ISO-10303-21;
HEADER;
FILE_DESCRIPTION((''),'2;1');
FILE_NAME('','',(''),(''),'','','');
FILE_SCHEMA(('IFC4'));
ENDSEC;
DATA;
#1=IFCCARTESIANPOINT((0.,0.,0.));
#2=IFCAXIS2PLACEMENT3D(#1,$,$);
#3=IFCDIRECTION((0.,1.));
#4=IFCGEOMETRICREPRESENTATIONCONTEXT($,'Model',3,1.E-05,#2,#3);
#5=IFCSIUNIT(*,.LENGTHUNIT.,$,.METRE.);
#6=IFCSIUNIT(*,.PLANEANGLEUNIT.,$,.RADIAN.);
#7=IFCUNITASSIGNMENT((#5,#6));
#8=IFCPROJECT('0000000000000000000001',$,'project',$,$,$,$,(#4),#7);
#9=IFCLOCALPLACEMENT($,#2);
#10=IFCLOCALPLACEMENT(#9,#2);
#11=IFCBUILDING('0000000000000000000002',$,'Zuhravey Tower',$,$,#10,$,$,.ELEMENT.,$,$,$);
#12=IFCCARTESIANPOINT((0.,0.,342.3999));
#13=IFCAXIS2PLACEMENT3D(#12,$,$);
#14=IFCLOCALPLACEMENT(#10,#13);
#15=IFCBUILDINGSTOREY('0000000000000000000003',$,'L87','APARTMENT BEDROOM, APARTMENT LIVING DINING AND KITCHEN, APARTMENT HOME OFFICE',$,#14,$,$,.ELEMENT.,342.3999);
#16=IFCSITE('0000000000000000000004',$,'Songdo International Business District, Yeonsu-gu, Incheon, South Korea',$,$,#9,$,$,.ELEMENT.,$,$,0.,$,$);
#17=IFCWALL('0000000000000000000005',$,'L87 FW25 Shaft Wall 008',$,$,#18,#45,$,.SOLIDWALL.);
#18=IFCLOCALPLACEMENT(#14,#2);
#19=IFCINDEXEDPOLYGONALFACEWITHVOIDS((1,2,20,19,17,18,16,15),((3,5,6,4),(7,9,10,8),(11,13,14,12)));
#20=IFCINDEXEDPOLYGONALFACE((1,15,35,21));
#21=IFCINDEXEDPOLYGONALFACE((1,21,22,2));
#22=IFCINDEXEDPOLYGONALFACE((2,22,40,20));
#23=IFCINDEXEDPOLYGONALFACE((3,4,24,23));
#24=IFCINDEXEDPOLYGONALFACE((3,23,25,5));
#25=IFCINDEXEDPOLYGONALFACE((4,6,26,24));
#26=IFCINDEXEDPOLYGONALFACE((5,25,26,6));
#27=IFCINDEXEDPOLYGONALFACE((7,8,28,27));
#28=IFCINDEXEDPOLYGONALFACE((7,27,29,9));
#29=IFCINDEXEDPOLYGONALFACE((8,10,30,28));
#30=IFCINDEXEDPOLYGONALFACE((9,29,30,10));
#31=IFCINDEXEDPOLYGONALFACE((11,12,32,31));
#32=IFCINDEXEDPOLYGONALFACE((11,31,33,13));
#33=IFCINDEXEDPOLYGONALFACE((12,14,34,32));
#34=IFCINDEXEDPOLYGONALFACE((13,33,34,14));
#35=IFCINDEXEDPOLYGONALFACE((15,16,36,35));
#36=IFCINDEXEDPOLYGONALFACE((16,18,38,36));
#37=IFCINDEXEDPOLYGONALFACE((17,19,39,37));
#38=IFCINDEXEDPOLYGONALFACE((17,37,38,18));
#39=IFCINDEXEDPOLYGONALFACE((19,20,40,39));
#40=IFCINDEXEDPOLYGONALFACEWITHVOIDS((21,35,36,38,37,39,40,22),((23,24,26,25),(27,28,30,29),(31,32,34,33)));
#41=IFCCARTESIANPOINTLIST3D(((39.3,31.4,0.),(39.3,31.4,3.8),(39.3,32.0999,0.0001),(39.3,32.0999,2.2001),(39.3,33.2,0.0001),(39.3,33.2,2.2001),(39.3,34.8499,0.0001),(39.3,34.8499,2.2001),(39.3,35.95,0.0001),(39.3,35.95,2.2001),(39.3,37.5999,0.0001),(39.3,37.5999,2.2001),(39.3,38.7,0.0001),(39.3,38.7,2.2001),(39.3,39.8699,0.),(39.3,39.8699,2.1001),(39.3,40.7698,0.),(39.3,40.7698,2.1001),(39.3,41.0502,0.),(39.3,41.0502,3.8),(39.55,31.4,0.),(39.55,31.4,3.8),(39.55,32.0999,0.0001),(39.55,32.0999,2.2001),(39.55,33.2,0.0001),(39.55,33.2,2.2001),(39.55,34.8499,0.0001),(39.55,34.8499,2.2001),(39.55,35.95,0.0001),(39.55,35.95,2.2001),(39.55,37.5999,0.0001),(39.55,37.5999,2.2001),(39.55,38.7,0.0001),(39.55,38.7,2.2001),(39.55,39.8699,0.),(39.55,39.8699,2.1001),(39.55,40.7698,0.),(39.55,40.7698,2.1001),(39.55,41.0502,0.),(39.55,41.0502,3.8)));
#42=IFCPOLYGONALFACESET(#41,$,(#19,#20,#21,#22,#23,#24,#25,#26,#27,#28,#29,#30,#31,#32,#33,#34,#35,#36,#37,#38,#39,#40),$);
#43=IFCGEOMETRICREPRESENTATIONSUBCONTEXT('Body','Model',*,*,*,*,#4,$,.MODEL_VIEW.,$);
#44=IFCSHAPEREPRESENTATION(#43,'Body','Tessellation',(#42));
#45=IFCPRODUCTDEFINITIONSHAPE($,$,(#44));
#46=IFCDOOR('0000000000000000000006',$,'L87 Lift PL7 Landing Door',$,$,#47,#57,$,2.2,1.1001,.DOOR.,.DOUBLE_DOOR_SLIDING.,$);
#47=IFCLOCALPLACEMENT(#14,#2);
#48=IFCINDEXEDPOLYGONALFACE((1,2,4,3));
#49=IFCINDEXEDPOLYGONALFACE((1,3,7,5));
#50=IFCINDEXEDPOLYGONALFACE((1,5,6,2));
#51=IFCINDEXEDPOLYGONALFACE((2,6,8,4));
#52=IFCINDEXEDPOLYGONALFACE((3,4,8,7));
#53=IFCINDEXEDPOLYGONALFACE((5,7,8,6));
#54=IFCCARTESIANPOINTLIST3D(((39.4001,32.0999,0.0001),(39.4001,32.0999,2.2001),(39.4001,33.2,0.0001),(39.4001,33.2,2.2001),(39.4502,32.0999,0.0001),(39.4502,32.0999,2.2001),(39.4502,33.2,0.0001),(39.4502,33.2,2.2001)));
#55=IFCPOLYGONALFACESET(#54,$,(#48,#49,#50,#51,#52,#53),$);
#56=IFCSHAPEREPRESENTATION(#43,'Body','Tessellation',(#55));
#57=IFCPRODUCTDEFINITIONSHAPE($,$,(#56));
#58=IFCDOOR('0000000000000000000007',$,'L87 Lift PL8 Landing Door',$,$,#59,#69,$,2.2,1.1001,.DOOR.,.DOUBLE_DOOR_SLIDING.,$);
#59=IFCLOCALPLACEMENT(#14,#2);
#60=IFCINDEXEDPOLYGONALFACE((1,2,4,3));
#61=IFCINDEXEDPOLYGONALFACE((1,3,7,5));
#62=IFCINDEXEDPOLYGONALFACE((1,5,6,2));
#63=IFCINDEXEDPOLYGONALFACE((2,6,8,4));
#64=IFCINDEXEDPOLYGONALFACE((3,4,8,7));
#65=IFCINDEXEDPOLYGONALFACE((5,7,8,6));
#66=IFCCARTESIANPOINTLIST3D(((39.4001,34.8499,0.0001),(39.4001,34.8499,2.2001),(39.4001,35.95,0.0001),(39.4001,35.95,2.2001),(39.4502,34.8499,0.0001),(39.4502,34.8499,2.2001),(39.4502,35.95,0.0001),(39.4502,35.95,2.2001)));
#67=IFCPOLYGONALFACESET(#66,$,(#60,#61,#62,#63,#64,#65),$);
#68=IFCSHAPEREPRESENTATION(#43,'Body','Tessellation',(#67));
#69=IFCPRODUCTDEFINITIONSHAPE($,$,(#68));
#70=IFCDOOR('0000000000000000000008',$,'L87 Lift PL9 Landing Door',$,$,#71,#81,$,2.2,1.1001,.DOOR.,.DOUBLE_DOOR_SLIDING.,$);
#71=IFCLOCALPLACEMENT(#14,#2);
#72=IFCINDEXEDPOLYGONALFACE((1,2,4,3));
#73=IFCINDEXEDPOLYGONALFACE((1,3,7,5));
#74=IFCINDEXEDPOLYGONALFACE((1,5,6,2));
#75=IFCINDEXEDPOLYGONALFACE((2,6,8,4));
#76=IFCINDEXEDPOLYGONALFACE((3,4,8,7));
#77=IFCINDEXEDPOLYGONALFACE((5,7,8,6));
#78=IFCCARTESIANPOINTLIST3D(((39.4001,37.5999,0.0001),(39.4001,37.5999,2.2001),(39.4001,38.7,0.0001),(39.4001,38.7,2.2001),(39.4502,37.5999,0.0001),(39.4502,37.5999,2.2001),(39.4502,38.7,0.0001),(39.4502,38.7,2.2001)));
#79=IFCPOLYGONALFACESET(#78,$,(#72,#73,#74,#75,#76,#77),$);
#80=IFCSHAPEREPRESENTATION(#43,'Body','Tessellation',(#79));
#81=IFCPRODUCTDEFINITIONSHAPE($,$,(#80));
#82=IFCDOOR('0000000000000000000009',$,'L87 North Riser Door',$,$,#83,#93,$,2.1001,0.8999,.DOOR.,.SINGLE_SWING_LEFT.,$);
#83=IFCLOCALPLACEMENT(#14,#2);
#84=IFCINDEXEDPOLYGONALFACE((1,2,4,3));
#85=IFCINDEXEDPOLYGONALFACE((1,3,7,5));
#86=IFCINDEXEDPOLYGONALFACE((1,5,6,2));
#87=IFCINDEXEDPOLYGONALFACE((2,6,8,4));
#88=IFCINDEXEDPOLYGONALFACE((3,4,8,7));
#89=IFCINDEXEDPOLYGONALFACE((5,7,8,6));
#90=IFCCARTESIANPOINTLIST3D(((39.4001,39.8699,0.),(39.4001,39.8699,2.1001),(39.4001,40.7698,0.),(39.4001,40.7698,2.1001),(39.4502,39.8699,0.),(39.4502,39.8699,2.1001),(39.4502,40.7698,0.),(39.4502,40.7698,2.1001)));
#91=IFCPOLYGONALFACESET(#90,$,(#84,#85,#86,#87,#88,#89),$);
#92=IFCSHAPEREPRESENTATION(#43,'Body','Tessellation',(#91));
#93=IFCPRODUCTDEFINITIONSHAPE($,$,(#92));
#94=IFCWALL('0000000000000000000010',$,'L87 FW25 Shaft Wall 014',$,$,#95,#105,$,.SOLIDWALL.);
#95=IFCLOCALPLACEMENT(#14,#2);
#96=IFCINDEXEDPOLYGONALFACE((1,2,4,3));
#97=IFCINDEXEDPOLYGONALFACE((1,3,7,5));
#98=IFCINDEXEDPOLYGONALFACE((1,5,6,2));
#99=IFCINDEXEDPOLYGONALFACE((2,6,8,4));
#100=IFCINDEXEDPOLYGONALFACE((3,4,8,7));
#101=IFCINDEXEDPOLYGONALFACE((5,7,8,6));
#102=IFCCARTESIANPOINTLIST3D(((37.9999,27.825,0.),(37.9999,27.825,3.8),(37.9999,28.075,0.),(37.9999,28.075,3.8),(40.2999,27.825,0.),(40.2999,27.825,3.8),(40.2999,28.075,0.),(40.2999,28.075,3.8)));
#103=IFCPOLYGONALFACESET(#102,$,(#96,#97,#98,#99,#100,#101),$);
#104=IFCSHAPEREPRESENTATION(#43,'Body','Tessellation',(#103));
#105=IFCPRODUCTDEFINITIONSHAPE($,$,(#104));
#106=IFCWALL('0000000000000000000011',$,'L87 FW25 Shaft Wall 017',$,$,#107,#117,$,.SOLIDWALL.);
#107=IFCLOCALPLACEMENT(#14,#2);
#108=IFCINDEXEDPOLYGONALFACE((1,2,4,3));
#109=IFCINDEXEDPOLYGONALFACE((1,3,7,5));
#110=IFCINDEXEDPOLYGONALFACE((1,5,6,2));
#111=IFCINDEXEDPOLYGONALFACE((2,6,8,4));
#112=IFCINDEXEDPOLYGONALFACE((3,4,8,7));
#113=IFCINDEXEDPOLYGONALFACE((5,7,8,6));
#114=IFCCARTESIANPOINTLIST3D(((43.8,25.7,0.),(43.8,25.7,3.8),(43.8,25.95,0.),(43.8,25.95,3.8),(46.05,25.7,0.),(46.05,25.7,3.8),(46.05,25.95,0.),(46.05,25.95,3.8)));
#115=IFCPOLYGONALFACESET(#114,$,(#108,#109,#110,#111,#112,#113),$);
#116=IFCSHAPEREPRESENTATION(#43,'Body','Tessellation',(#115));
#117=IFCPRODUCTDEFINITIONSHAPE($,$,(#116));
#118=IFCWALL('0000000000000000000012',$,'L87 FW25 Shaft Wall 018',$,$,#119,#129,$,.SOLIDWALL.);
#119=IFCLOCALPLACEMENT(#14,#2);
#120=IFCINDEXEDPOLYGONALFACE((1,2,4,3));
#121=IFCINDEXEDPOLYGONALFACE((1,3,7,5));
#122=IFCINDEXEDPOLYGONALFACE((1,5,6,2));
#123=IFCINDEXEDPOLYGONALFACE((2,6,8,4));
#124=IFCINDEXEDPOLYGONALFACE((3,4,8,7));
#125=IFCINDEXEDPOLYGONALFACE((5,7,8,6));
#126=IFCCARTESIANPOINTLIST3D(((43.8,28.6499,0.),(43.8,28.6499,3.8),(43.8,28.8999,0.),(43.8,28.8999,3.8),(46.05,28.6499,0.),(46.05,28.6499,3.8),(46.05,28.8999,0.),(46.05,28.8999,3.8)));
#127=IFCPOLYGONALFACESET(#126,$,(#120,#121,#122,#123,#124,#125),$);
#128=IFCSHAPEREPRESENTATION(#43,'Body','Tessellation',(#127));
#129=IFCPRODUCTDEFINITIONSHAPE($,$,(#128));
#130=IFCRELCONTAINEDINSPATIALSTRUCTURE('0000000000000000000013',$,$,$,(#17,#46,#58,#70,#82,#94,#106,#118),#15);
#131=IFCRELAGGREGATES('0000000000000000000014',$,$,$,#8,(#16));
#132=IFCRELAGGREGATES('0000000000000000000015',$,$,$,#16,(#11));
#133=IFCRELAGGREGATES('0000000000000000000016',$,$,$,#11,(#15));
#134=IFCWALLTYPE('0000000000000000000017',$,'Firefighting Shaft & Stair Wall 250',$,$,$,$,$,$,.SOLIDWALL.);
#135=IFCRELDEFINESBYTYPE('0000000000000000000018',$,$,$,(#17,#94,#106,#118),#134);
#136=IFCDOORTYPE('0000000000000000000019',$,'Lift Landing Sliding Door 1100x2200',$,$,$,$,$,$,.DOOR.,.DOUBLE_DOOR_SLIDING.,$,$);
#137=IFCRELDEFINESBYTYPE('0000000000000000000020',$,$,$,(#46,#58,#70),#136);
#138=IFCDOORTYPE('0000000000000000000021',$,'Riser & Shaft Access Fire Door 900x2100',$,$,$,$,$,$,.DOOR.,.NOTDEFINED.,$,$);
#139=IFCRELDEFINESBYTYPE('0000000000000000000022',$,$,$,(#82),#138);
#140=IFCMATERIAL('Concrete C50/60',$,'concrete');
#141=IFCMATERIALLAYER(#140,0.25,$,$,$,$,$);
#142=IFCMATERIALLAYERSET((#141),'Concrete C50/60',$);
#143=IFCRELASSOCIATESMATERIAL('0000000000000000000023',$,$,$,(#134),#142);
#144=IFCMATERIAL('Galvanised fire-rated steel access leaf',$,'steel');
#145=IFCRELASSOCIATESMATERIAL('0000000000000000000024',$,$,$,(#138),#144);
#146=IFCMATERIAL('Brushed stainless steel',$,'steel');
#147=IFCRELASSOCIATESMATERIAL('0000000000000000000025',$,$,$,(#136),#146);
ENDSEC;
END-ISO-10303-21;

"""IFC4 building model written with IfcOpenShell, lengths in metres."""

from ifc_helpers import new_model, si_unit, direction, frame, frame_2d, origin, place, context, subcontext, project, spatial, rectangle, extrude, material, layer, layer_set, type_object, element, fill, save


model = new_model("IFC4")

# Units and contexts
model_context = context("Model", 3, precision=1e-05, world=origin(), true_north=direction((0.0, 1.0)))
body_context = subcontext(model_context, "Body", "Model", "MODEL_VIEW")
ifc_project = project(units=[si_unit("LENGTHUNIT", "METRE"), si_unit("PLANEANGLEUNIT", "RADIAN")], contexts=[model_context])

# Site, building, storey
site_placement = place(None, origin())
site = spatial("IfcSite", under=ifc_project, at=site_placement, Name="Songdo International Business District, Yeonsu-gu, Incheon, South Korea", CompositionType="ELEMENT", RefElevation=0.0)
building_placement = place(site_placement, origin())
building = spatial("IfcBuilding", under=site, at=building_placement, Name="Zuhravey Tower", CompositionType="ELEMENT")
storey_placement = place(building_placement, frame((0.0, 0.0, 342.3999)))
storey = spatial("IfcBuildingStorey", under=building, at=storey_placement, Name="L87", Description="APARTMENT BEDROOM, APARTMENT LIVING DINING AND KITCHEN, APARTMENT HOME OFFICE", CompositionType="ELEMENT", Elevation=342.3999)

# Shared definitions
ifc_material_1 = material(Name="Concrete C50/60", Category="concrete")
ifc_layer = layer(ifc_material_1, 0.25)
ifc_layer_set = layer_set([ifc_layer], Name="Concrete C50/60")
wall_type = type_object("IfcWallType", Name="Firefighting Shaft & Stair Wall 250", PredefinedType="SOLIDWALL", material=ifc_layer_set)

# Wall, openings, doors
ifc_material_2 = material(Name="Galvanised fire-rated steel access leaf", Category="steel")
door_type_1 = type_object("IfcDoorType", Name="Riser & Shaft Access Fire Door 900x2100", OperationType="NOTDEFINED", PredefinedType="DOOR", material=ifc_material_2)
wall_1_placement = place(storey_placement, frame((39.425, 31.3999, 0.0), z_axis=(0.0, 0.0, 1.0), x_axis=(0.0, 1.0, 0.0)))
wall_1 = element("IfcWall", 1, at=wall_1_placement, inside=storey, type_object=wall_type, Name="L87 FW25 Shaft Wall 008", PredefinedType="SOLIDWALL", context=body_context, shape_type="SweptSolid", body=[
    extrude(rectangle(XDim=9.6501, YDim=0.25, at=frame_2d((4.8252, 0.0))), origin(), (0.0, 0.0, 1.0), 3.8),
])
opening_1_placement = place(wall_1_placement, frame((0.7, 0.0, 0.0)))
opening_1 = element("IfcOpeningElement", 2, at=opening_1_placement, cuts=wall_1, PredefinedType="OPENING", context=body_context, shape_type="SweptSolid", body=[
    extrude(rectangle(XDim=1.1001, YDim=2.2, at=frame_2d((0.55, 1.1001))), frame((0.0, 0.137, 0.0), z_axis=(0.0, -1.0, 0.0), x_axis=(1.0, 0.0, 0.0)), (0.0, 0.0, 1.0), 0.2739),
])
opening_2_placement = place(wall_1_placement, frame((3.45, 0.0, 0.0)))
opening_2 = element("IfcOpeningElement", 3, at=opening_2_placement, cuts=wall_1, PredefinedType="OPENING", context=body_context, shape_type="SweptSolid", body=[
    extrude(rectangle(XDim=1.1001, YDim=2.2, at=frame_2d((0.55, 1.1001))), frame((0.0, 0.137, 0.0), z_axis=(0.0, -1.0, 0.0), x_axis=(1.0, 0.0, 0.0)), (0.0, 0.0, 1.0), 0.2739),
])
opening_3_placement = place(wall_1_placement, frame((6.2, 0.0, 0.0)))
opening_3 = element("IfcOpeningElement", 4, at=opening_3_placement, cuts=wall_1, PredefinedType="OPENING", context=body_context, shape_type="SweptSolid", body=[
    extrude(rectangle(XDim=1.1001, YDim=2.2, at=frame_2d((0.55, 1.1001))), frame((0.0, 0.137, 0.0), z_axis=(0.0, -1.0, 0.0), x_axis=(1.0, 0.0, 0.0)), (0.0, 0.0, 1.0), 0.2739),
])
opening_4_placement = place(wall_1_placement, frame((8.47, 0.0, 0.0)))
opening_4 = element("IfcOpeningElement", 5, at=opening_4_placement, cuts=wall_1, PredefinedType="OPENING", context=body_context, shape_type="SweptSolid", body=[
    extrude(rectangle(XDim=0.8999, YDim=2.1001, at=frame_2d((0.45, 1.05))), frame((0.0, 0.137, 0.0), z_axis=(0.0, -1.0, 0.0), x_axis=(1.0, 0.0, 0.0)), (0.0, 0.0, 1.0), 0.2739),
])
ifc_material_3 = material(Name="Brushed stainless steel", Category="steel")
door_type_2 = type_object("IfcDoorType", Name="Lift Landing Sliding Door 1100x2200", OperationType="DOUBLE_DOOR_SLIDING", PredefinedType="DOOR", material=ifc_material_3)
door_1_placement = place(opening_1_placement, origin())
door_1 = element("IfcDoor", 6, at=door_1_placement, inside=storey, type_object=door_type_2, Name="L87 Lift PL7 Landing Door", OperationType="DOUBLE_DOOR_SLIDING", OverallHeight=2.2, OverallWidth=1.1001, PredefinedType="DOOR", context=body_context, shape_type="SweptSolid", body=[
    extrude(rectangle(XDim=1.1001, YDim=2.2, at=frame_2d((0.55, 1.1001))), frame((0.0, 0.0249, 0.0), z_axis=(0.0, -1.0, 0.0), x_axis=(1.0, 0.0, 0.0)), (0.0, 0.0, 1.0), 0.05),
])
fill(opening_1, door_1)
door_2_placement = place(opening_2_placement, origin())
door_2 = element("IfcDoor", 7, at=door_2_placement, inside=storey, type_object=door_type_2, Name="L87 Lift PL8 Landing Door", OperationType="DOUBLE_DOOR_SLIDING", OverallHeight=2.2, OverallWidth=1.1001, PredefinedType="DOOR", context=body_context, shape_type="SweptSolid", body=[
    extrude(rectangle(XDim=1.1001, YDim=2.2, at=frame_2d((0.55, 1.1001))), frame((0.0, 0.0249, 0.0), z_axis=(0.0, -1.0, 0.0), x_axis=(1.0, 0.0, 0.0)), (0.0, 0.0, 1.0), 0.05),
])
fill(opening_2, door_2)
door_3_placement = place(opening_3_placement, origin())
door_3 = element("IfcDoor", 8, at=door_3_placement, inside=storey, type_object=door_type_2, Name="L87 Lift PL9 Landing Door", OperationType="DOUBLE_DOOR_SLIDING", OverallHeight=2.2, OverallWidth=1.1001, PredefinedType="DOOR", context=body_context, shape_type="SweptSolid", body=[
    extrude(rectangle(XDim=1.1001, YDim=2.2, at=frame_2d((0.55, 1.1001))), frame((0.0, 0.0249, 0.0), z_axis=(0.0, -1.0, 0.0), x_axis=(1.0, 0.0, 0.0)), (0.0, 0.0, 1.0), 0.05),
])
fill(opening_3, door_3)
door_4_placement = place(opening_4_placement, origin())
door_4 = element("IfcDoor", 9, at=door_4_placement, inside=storey, type_object=door_type_1, Name="L87 North Riser Door", OperationType="SINGLE_SWING_LEFT", OverallHeight=2.1001, OverallWidth=0.8999, PredefinedType="DOOR", context=body_context, shape_type="SweptSolid", body=[
    extrude(rectangle(XDim=0.8999, YDim=2.1001, at=frame_2d((0.45, 1.05))), frame((0.0, 0.0249, 0.0), z_axis=(0.0, -1.0, 0.0), x_axis=(1.0, 0.0, 0.0)), (0.0, 0.0, 1.0), 0.05),
])
fill(opening_4, door_4)

# Walls
wall_2_placement = place(storey_placement, frame((38.0, 27.95, 0.0), z_axis=(0.0, 0.0, 1.0), x_axis=(1.0, 0.0, 0.0)))
element("IfcWall", 10, at=wall_2_placement, inside=storey, type_object=wall_type, Name="L87 FW25 Shaft Wall 014", PredefinedType="SOLIDWALL", context=body_context, shape_type="SweptSolid", body=[
    extrude(rectangle(XDim=2.3, YDim=0.25, at=frame_2d((1.1499, 0.0))), origin(), (0.0, 0.0, 1.0), 3.8),
])
for number, where, z_axis, x_axis, name in (
    (11, (43.8, 25.825, 0.0), (0.0, 0.0, 1.0), (1.0, 0.0, 0.0), "L87 FW25 Shaft Wall 017"),
    (12, (43.8, 28.7749, 0.0), (0.0, 0.0, 1.0), (1.0, 0.0, 0.0), "L87 FW25 Shaft Wall 018"),
):
    element("IfcWall", number, at=place(storey_placement, frame(where, z_axis=z_axis, x_axis=x_axis)), inside=storey, type_object=wall_type, Name=name, PredefinedType="SOLIDWALL", context=body_context, shape_type="SweptSolid", body=[
        extrude(rectangle(XDim=2.25, YDim=0.25, at=frame_2d((1.125, 0.0))), origin(), (0.0, 0.0, 1.0), 3.8),
    ])

save(model, "model.ifc")
